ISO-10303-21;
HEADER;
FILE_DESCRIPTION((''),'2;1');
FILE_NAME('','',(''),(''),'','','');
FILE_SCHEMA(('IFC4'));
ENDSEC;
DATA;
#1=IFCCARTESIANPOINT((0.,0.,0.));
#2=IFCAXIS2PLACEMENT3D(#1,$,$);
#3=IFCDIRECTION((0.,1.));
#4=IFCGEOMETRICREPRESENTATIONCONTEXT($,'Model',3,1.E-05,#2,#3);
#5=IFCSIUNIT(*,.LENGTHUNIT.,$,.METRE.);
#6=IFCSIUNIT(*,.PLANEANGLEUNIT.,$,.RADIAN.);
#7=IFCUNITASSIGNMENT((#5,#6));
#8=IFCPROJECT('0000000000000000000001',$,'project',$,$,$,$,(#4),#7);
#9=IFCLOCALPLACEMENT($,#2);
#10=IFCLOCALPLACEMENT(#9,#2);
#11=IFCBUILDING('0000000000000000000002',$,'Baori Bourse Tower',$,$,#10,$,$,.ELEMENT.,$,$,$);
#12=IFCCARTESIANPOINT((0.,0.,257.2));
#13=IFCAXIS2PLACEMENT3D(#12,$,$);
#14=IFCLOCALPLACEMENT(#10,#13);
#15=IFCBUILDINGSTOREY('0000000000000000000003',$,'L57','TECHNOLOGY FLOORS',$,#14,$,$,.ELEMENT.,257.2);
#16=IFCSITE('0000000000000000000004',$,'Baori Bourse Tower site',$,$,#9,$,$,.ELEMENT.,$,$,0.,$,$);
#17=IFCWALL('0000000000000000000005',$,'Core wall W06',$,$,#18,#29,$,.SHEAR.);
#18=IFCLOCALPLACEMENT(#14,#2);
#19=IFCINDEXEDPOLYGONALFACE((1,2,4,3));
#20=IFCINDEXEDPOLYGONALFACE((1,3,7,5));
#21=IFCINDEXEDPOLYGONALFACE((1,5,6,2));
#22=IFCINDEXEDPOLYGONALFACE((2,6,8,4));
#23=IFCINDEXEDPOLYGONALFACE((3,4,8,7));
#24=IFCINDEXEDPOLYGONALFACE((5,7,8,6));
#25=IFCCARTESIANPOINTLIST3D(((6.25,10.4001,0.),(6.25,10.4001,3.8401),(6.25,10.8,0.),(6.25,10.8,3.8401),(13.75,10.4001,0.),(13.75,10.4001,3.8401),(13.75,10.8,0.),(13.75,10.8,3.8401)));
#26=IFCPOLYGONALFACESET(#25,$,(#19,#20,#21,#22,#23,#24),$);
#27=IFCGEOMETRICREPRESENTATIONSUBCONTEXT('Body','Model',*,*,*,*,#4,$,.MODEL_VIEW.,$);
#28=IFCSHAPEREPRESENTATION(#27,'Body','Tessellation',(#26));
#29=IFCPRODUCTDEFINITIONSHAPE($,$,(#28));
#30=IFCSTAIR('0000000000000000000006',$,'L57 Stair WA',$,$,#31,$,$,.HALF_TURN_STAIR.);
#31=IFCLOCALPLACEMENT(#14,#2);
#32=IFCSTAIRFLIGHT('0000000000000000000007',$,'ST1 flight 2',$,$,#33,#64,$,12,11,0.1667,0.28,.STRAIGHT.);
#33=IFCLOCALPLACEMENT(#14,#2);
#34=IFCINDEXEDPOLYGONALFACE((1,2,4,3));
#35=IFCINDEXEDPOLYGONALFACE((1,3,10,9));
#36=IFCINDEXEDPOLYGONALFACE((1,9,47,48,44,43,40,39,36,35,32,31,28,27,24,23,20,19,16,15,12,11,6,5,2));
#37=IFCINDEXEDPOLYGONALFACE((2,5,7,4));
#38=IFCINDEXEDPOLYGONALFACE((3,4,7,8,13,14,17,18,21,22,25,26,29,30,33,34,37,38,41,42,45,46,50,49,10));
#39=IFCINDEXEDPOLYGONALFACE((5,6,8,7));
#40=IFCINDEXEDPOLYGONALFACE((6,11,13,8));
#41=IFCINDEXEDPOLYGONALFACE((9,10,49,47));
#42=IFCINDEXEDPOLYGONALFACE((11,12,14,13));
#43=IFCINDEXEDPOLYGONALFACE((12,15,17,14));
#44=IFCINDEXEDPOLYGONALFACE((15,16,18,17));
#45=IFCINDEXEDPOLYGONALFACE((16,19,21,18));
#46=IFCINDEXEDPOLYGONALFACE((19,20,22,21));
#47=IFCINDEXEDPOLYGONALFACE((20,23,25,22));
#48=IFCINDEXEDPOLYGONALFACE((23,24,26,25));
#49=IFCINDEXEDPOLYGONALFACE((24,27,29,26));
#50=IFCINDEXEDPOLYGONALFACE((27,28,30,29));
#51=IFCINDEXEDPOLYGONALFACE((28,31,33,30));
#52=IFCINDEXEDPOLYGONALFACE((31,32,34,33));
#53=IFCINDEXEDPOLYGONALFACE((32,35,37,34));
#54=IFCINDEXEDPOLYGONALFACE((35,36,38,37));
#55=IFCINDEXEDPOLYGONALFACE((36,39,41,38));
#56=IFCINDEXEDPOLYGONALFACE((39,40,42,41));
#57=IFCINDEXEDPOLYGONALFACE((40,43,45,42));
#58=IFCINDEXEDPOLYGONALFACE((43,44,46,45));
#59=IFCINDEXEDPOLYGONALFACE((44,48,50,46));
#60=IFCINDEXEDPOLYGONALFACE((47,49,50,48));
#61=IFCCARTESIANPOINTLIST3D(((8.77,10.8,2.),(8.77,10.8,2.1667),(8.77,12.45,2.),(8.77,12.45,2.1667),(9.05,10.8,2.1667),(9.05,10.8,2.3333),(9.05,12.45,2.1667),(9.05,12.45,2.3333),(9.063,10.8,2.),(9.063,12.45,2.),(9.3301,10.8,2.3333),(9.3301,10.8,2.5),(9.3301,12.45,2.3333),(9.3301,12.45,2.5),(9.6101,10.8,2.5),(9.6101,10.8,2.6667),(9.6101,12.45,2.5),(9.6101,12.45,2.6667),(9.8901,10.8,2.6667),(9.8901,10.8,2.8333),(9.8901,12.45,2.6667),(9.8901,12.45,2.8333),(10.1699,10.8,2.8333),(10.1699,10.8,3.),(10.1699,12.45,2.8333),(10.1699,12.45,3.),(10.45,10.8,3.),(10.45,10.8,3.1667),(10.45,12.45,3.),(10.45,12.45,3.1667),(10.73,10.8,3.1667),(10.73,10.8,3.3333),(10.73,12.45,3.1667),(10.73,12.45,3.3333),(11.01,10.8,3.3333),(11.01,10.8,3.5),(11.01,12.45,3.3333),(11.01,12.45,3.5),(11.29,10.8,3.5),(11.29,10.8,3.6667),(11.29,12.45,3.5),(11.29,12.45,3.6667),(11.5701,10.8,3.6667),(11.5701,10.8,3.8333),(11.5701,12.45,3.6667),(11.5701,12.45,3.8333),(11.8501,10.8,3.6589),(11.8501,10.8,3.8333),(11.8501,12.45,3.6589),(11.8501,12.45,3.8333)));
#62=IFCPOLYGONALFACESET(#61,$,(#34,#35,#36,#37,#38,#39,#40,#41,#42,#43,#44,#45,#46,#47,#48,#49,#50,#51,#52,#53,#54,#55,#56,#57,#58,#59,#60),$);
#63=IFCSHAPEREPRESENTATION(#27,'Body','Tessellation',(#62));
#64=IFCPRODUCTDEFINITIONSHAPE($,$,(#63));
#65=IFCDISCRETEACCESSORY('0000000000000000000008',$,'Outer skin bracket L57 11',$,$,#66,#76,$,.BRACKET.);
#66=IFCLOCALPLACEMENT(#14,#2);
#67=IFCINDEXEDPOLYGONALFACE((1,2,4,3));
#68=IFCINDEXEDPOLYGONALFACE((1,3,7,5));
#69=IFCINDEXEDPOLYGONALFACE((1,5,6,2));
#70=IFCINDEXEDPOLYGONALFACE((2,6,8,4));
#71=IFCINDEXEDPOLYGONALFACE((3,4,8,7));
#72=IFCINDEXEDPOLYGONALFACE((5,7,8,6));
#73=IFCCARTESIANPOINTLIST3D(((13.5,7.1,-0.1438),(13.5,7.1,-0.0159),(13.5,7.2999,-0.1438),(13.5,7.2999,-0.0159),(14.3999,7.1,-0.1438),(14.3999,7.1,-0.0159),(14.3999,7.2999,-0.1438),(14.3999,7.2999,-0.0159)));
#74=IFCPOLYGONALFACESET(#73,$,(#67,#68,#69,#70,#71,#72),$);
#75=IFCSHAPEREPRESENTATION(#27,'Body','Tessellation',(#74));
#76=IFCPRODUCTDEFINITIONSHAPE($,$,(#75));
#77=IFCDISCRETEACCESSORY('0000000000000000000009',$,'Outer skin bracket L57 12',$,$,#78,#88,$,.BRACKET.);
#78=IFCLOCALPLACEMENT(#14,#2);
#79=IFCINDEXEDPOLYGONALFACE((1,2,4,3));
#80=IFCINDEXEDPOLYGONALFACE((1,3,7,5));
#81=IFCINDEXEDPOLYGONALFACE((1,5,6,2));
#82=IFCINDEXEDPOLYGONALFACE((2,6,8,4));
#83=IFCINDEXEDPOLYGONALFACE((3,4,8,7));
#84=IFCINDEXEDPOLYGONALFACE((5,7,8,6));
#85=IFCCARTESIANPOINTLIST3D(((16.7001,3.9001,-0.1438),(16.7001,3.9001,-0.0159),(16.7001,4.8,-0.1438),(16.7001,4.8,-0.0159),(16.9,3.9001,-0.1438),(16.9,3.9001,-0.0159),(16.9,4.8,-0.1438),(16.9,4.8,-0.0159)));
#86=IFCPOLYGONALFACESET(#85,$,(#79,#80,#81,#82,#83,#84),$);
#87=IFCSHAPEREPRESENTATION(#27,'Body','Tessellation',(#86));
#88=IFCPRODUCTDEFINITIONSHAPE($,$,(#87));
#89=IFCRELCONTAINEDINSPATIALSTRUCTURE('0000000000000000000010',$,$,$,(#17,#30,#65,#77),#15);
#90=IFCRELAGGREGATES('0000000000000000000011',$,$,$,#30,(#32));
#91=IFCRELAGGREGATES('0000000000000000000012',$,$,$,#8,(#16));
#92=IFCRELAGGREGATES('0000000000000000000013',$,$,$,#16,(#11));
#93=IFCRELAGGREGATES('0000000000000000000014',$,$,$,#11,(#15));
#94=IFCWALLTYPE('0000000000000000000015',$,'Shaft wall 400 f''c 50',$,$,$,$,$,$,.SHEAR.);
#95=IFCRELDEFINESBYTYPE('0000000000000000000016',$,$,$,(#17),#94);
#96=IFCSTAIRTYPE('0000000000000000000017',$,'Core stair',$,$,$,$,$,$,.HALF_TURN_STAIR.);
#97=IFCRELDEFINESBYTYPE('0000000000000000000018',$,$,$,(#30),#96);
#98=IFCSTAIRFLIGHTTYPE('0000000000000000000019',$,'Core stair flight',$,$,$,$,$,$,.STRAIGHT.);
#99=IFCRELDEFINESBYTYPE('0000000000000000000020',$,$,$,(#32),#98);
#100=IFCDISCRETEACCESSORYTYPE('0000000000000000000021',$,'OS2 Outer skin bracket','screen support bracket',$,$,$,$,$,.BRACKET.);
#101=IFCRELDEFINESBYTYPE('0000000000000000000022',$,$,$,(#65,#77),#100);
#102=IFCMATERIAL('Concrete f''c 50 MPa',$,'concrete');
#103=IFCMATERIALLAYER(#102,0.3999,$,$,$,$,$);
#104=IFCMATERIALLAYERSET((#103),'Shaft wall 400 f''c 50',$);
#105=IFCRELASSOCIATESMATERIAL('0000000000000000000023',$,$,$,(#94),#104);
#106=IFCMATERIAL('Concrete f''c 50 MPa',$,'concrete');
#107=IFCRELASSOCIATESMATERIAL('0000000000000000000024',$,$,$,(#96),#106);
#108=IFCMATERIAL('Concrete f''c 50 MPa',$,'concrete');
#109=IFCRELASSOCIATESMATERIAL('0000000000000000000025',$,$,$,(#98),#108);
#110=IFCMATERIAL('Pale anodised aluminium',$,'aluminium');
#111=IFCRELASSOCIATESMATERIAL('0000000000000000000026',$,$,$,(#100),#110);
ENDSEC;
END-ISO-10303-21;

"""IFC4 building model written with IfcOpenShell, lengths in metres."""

from ifc_helpers import new_model, si_unit, direction, frame, frame_2d, origin, origin_2d, place, context, subcontext, project, spatial, polyline, rectangle, outline, extrude, material, layer, layer_set, type_object, element, aggregate, save


model = new_model("IFC4")

# Units and contexts
model_context = context("Model", 3, precision=1e-05, world=origin(), true_north=direction((0.0, 1.0)))
body_context = subcontext(model_context, "Body", "Model", "MODEL_VIEW")
ifc_project = project(units=[si_unit("LENGTHUNIT", "METRE"), si_unit("PLANEANGLEUNIT", "RADIAN")], contexts=[model_context])

# Site, building, storey
site_placement = place(None, origin())
site = spatial("IfcSite", under=ifc_project, at=site_placement, Name="Baori Bourse Tower site", CompositionType="ELEMENT", RefElevation=0.0)
building_placement = place(site_placement, origin())
building = spatial("IfcBuilding", under=site, at=building_placement, Name="Baori Bourse Tower", CompositionType="ELEMENT")
storey_placement = place(building_placement, frame((0.0, 0.0, 257.2)))
storey = spatial("IfcBuildingStorey", under=building, at=storey_placement, Name="L57", Description="TECHNOLOGY FLOORS", CompositionType="ELEMENT", Elevation=257.2)

# Wall
ifc_material_1 = material(Name="Concrete f'c 50 MPa", Category="concrete")
ifc_layer_1 = layer(ifc_material_1, 0.3999)
ifc_layer_set_1 = layer_set([ifc_layer_1], Name="Shaft wall 400 f'c 50")
wall_type_1 = type_object("IfcWallType", Name="Shaft wall 400 f'c 50", PredefinedType="SHEAR", material=ifc_layer_set_1)
wall_1_placement = place(storey_placement, frame((6.25, 10.6001, 0.0), z_axis=(0.0, 0.0, 1.0), x_axis=(1.0, 0.0, 0.0)))
element("IfcWall", 1, at=wall_1_placement, inside=storey, type_object=wall_type_1, Name="Core wall W06", PredefinedType="SHEAR", context=body_context, shape_type="SweptSolid", body=[
    extrude(rectangle(XDim=7.5, YDim=0.3999, at=frame_2d((3.75, 0.0))), origin(), (0.0, 0.0, 1.0), 3.8401),
])

# Stair, stair flight
ifc_material_2 = material(Name="Concrete f'c 50 MPa", Category="concrete")
stair_type = type_object("IfcStairType", Name="Core stair", PredefinedType="HALF_TURN_STAIR", material=ifc_material_2)
stair_placement = place(storey_placement, origin())
stair = element("IfcStair", 2, at=stair_placement, inside=storey, type_object=stair_type, Name="L57 Stair WA", PredefinedType="HALF_TURN_STAIR")
ifc_material_3 = material(Name="Concrete f'c 50 MPa", Category="concrete")
stair_flight_type = type_object("IfcStairFlightType", Name="Core stair flight", PredefinedType="STRAIGHT", material=ifc_material_3)
stair_flight_placement = place(storey_placement, frame((8.77, 11.625, 2.0), z_axis=(0.0, 0.0, 1.0), x_axis=(1.0, 0.0, 0.0)))
stair_flight = element("IfcStairFlight", 3, at=stair_flight_placement, type_object=stair_flight_type, Name="ST1 flight 2", NumberOfRisers=12, NumberOfTreads=11, PredefinedType="STRAIGHT", RiserHeight=0.1667, TreadLength=0.28, context=body_context, shape_type="SweptSolid", body=[
    extrude(outline(polyline([(0.0, 0.0), (0.0, 0.1667), (0.28, 0.1667), (0.28, 0.3333), (0.5601, 0.3333), (0.5601, 0.5), (0.8401, 0.5), (0.8401, 0.6667), (1.1201, 0.6667), (1.1201, 0.8333), (1.3999, 0.8333), (1.3999, 1.0), (1.6799, 1.0), (1.6799, 1.1667), (1.96, 1.1667), (1.96, 1.3333), (2.24, 1.3333), (2.24, 1.5), (2.52, 1.5), (2.52, 1.6667), (2.8, 1.6667), (2.8, 1.8333), (3.0801, 1.8333), (3.0801, 2.0), (3.0801, 1.6589), (0.293, 0.0), (0.0, 0.0)])), frame((0.0, 0.825, 0.0), z_axis=(0.0, -1.0, 0.0), x_axis=(1.0, 0.0, 0.0)), (0.0, 0.0, 1.0), 1.6499),
])
aggregate(stair, [stair_flight])

# Discrete accessories
ifc_material_4 = material(Name="Pale anodised aluminium", Category="aluminium")
discrete_accessory_type = type_object("IfcDiscreteAccessoryType", Name="OS2 Outer skin bracket", Description="screen support bracket", PredefinedType="BRACKET", material=ifc_material_4)
for number, where, z_axis, x_axis, name in (
    (4, (13.95, 7.2, -0.1438), (0.0, 0.0, 1.0), (0.0, -1.0, 0.0), "Outer skin bracket L57 11"),
    (5, (16.8, 4.3501, -0.1438), (0.0, 0.0, 1.0), (1.0, 0.0, 0.0), "Outer skin bracket L57 12"),
):
    element("IfcDiscreteAccessory", number, at=place(storey_placement, frame(where, z_axis=z_axis, x_axis=x_axis)), inside=storey, type_object=discrete_accessory_type, Name=name, PredefinedType="BRACKET", context=body_context, shape_type="SweptSolid", body=[
        extrude(rectangle(XDim=0.2, YDim=0.8999, at=origin_2d()), origin(), (0.0, 0.0, 1.0), 0.1279),
    ])

save(model, "model.ifc")
